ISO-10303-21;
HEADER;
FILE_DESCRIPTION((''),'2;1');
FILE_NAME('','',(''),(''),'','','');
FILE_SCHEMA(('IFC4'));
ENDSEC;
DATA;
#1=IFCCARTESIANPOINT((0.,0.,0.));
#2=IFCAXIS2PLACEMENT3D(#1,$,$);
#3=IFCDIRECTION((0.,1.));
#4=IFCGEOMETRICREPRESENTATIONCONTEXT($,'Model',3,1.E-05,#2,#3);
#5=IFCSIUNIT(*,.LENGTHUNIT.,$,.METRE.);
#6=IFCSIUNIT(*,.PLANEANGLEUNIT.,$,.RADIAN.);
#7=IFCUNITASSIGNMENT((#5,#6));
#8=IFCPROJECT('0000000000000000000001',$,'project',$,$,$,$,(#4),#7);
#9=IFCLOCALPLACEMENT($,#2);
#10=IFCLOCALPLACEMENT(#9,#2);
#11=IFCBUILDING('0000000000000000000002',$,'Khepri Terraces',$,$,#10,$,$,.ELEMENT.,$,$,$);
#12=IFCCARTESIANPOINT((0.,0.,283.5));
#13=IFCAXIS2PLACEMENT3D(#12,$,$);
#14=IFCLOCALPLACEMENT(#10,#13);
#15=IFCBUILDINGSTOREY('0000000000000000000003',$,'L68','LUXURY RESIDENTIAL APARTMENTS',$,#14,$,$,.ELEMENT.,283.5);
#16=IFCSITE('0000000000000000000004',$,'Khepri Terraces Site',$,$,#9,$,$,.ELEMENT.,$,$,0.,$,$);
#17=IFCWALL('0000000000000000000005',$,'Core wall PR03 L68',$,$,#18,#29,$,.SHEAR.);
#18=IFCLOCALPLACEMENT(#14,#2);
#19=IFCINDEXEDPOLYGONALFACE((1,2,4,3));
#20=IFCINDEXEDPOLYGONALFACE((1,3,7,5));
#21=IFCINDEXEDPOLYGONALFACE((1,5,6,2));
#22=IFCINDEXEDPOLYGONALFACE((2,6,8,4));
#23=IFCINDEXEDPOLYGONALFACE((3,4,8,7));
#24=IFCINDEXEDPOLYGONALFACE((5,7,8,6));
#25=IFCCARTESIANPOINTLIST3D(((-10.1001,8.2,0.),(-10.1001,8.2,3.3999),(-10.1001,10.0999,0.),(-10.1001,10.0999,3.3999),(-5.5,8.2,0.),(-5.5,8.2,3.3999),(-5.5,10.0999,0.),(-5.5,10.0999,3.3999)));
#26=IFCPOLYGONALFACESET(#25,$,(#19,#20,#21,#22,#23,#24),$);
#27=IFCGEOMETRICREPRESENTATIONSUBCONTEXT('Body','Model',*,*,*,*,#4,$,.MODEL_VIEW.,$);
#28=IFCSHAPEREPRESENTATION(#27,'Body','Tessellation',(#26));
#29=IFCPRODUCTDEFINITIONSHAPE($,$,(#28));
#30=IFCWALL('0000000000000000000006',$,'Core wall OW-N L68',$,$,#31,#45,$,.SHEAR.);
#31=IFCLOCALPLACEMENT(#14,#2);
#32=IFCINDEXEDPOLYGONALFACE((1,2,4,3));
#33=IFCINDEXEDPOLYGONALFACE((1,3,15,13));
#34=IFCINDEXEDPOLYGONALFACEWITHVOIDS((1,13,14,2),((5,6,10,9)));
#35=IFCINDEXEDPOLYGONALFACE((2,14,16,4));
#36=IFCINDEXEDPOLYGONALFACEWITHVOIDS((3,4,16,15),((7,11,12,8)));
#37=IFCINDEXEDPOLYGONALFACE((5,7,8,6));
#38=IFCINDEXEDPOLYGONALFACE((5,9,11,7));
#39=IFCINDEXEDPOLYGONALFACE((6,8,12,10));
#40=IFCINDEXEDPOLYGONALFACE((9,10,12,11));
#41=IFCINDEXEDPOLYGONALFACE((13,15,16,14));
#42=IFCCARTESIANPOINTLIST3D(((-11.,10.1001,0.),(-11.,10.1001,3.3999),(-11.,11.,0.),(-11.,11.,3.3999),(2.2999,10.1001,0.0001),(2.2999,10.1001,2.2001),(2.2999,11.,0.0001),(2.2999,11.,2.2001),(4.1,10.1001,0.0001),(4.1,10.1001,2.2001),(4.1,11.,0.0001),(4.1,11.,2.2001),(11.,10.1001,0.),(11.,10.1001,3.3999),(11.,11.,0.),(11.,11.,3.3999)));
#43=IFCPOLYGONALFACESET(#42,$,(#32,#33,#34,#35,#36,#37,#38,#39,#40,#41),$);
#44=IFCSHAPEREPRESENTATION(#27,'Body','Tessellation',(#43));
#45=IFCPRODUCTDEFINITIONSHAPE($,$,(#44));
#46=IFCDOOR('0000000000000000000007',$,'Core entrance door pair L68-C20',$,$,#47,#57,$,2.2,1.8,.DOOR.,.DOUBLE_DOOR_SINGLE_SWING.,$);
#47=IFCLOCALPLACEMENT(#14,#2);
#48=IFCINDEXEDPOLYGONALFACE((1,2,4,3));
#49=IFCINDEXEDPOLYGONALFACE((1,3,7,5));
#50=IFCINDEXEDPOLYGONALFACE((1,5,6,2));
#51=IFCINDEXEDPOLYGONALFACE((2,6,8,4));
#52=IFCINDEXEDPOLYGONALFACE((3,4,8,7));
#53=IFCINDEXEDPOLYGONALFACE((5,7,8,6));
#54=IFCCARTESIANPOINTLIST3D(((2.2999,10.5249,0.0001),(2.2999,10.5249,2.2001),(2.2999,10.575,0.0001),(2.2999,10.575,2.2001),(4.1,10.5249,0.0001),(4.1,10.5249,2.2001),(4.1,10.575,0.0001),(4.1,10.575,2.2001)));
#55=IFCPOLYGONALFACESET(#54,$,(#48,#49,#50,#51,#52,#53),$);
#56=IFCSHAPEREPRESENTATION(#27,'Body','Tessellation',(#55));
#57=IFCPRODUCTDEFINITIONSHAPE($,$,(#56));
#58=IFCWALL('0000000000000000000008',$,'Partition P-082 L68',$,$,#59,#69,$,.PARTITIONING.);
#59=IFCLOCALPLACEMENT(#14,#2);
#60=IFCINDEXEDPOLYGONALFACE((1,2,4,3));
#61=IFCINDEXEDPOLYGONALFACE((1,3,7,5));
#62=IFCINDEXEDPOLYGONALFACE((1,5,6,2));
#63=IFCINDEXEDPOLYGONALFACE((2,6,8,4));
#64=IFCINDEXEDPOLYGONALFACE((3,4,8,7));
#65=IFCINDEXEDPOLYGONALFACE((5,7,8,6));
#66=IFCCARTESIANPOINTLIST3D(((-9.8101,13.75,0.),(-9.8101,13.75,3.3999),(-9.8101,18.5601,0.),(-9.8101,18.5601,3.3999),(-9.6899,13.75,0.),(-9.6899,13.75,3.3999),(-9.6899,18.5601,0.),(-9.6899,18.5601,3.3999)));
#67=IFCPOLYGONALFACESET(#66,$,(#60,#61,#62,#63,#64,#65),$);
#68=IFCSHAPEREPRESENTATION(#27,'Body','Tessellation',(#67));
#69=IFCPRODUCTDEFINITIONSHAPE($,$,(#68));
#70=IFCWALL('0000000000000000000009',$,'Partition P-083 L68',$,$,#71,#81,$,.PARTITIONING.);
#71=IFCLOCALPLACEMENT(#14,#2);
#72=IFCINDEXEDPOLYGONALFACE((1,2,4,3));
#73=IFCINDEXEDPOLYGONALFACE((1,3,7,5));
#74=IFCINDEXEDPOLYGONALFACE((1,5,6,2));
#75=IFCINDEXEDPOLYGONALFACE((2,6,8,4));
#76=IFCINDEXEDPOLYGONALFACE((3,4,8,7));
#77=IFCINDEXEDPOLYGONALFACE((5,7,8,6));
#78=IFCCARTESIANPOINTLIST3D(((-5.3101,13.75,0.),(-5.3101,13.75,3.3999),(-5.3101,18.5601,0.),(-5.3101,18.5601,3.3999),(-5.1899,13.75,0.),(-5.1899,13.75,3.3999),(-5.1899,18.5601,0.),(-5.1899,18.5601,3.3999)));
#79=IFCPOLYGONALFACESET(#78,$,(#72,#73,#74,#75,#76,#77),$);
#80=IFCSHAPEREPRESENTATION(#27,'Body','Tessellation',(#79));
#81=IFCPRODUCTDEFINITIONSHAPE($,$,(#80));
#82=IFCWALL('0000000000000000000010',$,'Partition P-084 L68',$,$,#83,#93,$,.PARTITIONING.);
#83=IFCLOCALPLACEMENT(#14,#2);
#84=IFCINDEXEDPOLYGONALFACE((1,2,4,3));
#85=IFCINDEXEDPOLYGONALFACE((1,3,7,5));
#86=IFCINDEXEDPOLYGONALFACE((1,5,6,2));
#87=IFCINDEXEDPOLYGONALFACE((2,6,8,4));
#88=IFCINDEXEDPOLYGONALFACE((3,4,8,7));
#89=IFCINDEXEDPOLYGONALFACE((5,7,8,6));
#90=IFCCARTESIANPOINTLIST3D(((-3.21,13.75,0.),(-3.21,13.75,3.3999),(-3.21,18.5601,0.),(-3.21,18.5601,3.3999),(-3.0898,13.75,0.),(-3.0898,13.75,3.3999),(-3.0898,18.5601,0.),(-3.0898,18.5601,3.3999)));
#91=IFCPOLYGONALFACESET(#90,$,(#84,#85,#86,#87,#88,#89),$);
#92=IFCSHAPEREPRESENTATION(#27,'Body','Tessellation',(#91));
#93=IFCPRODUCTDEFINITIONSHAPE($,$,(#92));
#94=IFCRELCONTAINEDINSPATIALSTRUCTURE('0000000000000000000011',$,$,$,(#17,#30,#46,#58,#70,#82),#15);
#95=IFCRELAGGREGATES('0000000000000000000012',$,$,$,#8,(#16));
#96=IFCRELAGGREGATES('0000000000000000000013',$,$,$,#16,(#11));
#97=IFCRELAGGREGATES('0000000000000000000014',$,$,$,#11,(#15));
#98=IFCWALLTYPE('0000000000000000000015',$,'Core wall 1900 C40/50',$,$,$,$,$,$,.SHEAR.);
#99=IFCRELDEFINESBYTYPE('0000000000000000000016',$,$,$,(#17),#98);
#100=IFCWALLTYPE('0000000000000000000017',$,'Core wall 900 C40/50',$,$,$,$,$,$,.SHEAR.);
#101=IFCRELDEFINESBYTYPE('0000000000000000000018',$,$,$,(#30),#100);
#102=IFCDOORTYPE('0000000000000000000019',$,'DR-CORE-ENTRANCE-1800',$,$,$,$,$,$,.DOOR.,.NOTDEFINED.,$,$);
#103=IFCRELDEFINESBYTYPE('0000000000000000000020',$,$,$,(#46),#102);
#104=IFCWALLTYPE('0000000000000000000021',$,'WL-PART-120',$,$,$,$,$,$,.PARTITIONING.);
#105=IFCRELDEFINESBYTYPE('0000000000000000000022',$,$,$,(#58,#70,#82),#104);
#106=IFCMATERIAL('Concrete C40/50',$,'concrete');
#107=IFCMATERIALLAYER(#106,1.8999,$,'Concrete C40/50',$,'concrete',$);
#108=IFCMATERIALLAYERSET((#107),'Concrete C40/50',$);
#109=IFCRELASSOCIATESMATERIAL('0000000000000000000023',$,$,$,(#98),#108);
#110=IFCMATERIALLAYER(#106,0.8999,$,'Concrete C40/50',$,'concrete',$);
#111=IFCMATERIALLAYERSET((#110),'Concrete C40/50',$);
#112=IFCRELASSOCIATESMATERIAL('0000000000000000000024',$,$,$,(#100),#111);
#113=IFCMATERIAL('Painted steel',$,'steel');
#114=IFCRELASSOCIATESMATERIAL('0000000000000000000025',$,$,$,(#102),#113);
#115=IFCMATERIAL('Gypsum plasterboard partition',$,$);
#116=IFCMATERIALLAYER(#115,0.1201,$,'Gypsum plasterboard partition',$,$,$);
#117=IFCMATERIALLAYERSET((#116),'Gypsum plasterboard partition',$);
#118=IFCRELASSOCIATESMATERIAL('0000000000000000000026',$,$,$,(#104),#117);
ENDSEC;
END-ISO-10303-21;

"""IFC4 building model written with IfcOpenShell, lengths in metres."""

from ifc_helpers import new_model, si_unit, direction, frame, frame_2d, origin, place, context, subcontext, project, spatial, rectangle, extrude, material, layer, layer_set, type_object, element, fill, save


model = new_model("IFC4")

# Units and contexts
model_context = context("Model", 3, precision=1e-05, world=origin(), true_north=direction((0.0, 1.0)))
body_context = subcontext(model_context, "Body", "Model", "MODEL_VIEW")
ifc_project = project(units=[si_unit("LENGTHUNIT", "METRE"), si_unit("PLANEANGLEUNIT", "RADIAN")], contexts=[model_context])

# Site, building, storey
site_placement = place(None, origin())
site = spatial("IfcSite", under=ifc_project, at=site_placement, Name="Khepri Terraces Site", CompositionType="ELEMENT", RefElevation=0.0)
building_placement = place(site_placement, origin())
building = spatial("IfcBuilding", under=site, at=building_placement, Name="Khepri Terraces", CompositionType="ELEMENT")
storey_placement = place(building_placement, frame((0.0, 0.0, 283.5)))
storey = spatial("IfcBuildingStorey", under=building, at=storey_placement, Name="L68", Description="LUXURY RESIDENTIAL APARTMENTS", CompositionType="ELEMENT", Elevation=283.5)

# Wall
ifc_material_1 = material(Name="Concrete C40/50", Category="concrete")
ifc_layer_1 = layer(ifc_material_1, 1.8999, Name="Concrete C40/50", Category="concrete")
ifc_layer_set_1 = layer_set([ifc_layer_1], Name="Concrete C40/50")
wall_type_1 = type_object("IfcWallType", Name="Core wall 1900 C40/50", PredefinedType="SHEAR", material=ifc_layer_set_1)
wall_1_placement = place(storey_placement, frame((-10.1001, 9.1499, 0.0), z_axis=(0.0, 0.0, 1.0), x_axis=(1.0, 0.0, 0.0)))
element("IfcWall", 1, at=wall_1_placement, inside=storey, type_object=wall_type_1, Name="Core wall PR03 L68", PredefinedType="SHEAR", context=body_context, shape_type="SweptSolid", body=[
    extrude(rectangle(XDim=4.6001, YDim=1.8999, at=frame_2d((2.3, 0.0))), origin(), (0.0, 0.0, 1.0), 3.3999),
])

# Wall, opening, door
ifc_layer_2 = layer(ifc_material_1, 0.8999, Name="Concrete C40/50", Category="concrete")
ifc_layer_set_2 = layer_set([ifc_layer_2], Name="Concrete C40/50")
wall_type_2 = type_object("IfcWallType", Name="Core wall 900 C40/50", PredefinedType="SHEAR", material=ifc_layer_set_2)
wall_2_placement = place(storey_placement, frame((-11.0, 10.55, 0.0), z_axis=(0.0, 0.0, 1.0), x_axis=(1.0, 0.0, 0.0)))
wall_2 = element("IfcWall", 2, at=wall_2_placement, inside=storey, type_object=wall_type_2, Name="Core wall OW-N L68", PredefinedType="SHEAR", context=body_context, shape_type="SweptSolid", body=[
    extrude(rectangle(XDim=22.0, YDim=0.8999, at=frame_2d((11.0, 0.0))), origin(), (0.0, 0.0, 1.0), 3.3999),
])
opening_1_placement = place(wall_2_placement, frame((13.3, 0.0, 0.0)))
opening_1 = element("IfcOpeningElement", 3, at=opening_1_placement, cuts=wall_2, PredefinedType="OPENING", context=body_context, shape_type="SweptSolid", body=[
    extrude(rectangle(XDim=1.8, YDim=2.2, at=frame_2d((0.8999, 1.1001))), frame((0.0, 0.46, 0.0), z_axis=(0.0, -1.0, 0.0), x_axis=(1.0, 0.0, 0.0)), (0.0, 0.0, 1.0), 0.9199),
])
ifc_material_2 = material(Name="Painted steel", Category="steel")
door_type_1 = type_object("IfcDoorType", Name="DR-CORE-ENTRANCE-1800", OperationType="NOTDEFINED", PredefinedType="DOOR", material=ifc_material_2)
door_1_placement = place(opening_1_placement, origin())
door_1 = element("IfcDoor", 4, at=door_1_placement, inside=storey, type_object=door_type_1, Name="Core entrance door pair L68-C20", OperationType="DOUBLE_DOOR_SINGLE_SWING", OverallHeight=2.2, OverallWidth=1.8, PredefinedType="DOOR", context=body_context, shape_type="SweptSolid", body=[
    extrude(rectangle(XDim=1.8, YDim=2.2, at=frame_2d((0.8999, 1.1001))), frame((0.0, 0.0249, 0.0), z_axis=(0.0, -1.0, 0.0), x_axis=(1.0, 0.0, 0.0)), (0.0, 0.0, 1.0), 0.05),
])
fill(opening_1, door_1)

# Walls
ifc_material_3 = material(Name="Gypsum plasterboard partition")
ifc_layer_3 = layer(ifc_material_3, 0.1201, Name="Gypsum plasterboard partition")
ifc_layer_set_3 = layer_set([ifc_layer_3], Name="Gypsum plasterboard partition")
wall_type_3 = type_object("IfcWallType", Name="WL-PART-120", PredefinedType="PARTITIONING", material=ifc_layer_set_3)
for number, where, z_axis, x_axis, name in (
    (5, (-9.75, 13.75, 0.0), (0.0, 0.0, 1.0), (0.0, 1.0, 0.0), "Partition P-082 L68"),
    (6, (-5.25, 13.75, 0.0), (0.0, 0.0, 1.0), (0.0, 1.0, 0.0), "Partition P-083 L68"),
    (7, (-3.1499, 13.75, 0.0), (0.0, 0.0, 1.0), (0.0, 1.0, 0.0), "Partition P-084 L68"),
):
    element("IfcWall", number, at=place(storey_placement, frame(where, z_axis=z_axis, x_axis=x_axis)), inside=storey, type_object=wall_type_3, Name=name, PredefinedType="PARTITIONING", context=body_context, shape_type="SweptSolid", body=[
        extrude(rectangle(XDim=4.8101, YDim=0.1201, at=frame_2d((2.405, 0.0))), origin(), (0.0, 0.0, 1.0), 3.3999),
    ])

save(model, "model.ifc")
